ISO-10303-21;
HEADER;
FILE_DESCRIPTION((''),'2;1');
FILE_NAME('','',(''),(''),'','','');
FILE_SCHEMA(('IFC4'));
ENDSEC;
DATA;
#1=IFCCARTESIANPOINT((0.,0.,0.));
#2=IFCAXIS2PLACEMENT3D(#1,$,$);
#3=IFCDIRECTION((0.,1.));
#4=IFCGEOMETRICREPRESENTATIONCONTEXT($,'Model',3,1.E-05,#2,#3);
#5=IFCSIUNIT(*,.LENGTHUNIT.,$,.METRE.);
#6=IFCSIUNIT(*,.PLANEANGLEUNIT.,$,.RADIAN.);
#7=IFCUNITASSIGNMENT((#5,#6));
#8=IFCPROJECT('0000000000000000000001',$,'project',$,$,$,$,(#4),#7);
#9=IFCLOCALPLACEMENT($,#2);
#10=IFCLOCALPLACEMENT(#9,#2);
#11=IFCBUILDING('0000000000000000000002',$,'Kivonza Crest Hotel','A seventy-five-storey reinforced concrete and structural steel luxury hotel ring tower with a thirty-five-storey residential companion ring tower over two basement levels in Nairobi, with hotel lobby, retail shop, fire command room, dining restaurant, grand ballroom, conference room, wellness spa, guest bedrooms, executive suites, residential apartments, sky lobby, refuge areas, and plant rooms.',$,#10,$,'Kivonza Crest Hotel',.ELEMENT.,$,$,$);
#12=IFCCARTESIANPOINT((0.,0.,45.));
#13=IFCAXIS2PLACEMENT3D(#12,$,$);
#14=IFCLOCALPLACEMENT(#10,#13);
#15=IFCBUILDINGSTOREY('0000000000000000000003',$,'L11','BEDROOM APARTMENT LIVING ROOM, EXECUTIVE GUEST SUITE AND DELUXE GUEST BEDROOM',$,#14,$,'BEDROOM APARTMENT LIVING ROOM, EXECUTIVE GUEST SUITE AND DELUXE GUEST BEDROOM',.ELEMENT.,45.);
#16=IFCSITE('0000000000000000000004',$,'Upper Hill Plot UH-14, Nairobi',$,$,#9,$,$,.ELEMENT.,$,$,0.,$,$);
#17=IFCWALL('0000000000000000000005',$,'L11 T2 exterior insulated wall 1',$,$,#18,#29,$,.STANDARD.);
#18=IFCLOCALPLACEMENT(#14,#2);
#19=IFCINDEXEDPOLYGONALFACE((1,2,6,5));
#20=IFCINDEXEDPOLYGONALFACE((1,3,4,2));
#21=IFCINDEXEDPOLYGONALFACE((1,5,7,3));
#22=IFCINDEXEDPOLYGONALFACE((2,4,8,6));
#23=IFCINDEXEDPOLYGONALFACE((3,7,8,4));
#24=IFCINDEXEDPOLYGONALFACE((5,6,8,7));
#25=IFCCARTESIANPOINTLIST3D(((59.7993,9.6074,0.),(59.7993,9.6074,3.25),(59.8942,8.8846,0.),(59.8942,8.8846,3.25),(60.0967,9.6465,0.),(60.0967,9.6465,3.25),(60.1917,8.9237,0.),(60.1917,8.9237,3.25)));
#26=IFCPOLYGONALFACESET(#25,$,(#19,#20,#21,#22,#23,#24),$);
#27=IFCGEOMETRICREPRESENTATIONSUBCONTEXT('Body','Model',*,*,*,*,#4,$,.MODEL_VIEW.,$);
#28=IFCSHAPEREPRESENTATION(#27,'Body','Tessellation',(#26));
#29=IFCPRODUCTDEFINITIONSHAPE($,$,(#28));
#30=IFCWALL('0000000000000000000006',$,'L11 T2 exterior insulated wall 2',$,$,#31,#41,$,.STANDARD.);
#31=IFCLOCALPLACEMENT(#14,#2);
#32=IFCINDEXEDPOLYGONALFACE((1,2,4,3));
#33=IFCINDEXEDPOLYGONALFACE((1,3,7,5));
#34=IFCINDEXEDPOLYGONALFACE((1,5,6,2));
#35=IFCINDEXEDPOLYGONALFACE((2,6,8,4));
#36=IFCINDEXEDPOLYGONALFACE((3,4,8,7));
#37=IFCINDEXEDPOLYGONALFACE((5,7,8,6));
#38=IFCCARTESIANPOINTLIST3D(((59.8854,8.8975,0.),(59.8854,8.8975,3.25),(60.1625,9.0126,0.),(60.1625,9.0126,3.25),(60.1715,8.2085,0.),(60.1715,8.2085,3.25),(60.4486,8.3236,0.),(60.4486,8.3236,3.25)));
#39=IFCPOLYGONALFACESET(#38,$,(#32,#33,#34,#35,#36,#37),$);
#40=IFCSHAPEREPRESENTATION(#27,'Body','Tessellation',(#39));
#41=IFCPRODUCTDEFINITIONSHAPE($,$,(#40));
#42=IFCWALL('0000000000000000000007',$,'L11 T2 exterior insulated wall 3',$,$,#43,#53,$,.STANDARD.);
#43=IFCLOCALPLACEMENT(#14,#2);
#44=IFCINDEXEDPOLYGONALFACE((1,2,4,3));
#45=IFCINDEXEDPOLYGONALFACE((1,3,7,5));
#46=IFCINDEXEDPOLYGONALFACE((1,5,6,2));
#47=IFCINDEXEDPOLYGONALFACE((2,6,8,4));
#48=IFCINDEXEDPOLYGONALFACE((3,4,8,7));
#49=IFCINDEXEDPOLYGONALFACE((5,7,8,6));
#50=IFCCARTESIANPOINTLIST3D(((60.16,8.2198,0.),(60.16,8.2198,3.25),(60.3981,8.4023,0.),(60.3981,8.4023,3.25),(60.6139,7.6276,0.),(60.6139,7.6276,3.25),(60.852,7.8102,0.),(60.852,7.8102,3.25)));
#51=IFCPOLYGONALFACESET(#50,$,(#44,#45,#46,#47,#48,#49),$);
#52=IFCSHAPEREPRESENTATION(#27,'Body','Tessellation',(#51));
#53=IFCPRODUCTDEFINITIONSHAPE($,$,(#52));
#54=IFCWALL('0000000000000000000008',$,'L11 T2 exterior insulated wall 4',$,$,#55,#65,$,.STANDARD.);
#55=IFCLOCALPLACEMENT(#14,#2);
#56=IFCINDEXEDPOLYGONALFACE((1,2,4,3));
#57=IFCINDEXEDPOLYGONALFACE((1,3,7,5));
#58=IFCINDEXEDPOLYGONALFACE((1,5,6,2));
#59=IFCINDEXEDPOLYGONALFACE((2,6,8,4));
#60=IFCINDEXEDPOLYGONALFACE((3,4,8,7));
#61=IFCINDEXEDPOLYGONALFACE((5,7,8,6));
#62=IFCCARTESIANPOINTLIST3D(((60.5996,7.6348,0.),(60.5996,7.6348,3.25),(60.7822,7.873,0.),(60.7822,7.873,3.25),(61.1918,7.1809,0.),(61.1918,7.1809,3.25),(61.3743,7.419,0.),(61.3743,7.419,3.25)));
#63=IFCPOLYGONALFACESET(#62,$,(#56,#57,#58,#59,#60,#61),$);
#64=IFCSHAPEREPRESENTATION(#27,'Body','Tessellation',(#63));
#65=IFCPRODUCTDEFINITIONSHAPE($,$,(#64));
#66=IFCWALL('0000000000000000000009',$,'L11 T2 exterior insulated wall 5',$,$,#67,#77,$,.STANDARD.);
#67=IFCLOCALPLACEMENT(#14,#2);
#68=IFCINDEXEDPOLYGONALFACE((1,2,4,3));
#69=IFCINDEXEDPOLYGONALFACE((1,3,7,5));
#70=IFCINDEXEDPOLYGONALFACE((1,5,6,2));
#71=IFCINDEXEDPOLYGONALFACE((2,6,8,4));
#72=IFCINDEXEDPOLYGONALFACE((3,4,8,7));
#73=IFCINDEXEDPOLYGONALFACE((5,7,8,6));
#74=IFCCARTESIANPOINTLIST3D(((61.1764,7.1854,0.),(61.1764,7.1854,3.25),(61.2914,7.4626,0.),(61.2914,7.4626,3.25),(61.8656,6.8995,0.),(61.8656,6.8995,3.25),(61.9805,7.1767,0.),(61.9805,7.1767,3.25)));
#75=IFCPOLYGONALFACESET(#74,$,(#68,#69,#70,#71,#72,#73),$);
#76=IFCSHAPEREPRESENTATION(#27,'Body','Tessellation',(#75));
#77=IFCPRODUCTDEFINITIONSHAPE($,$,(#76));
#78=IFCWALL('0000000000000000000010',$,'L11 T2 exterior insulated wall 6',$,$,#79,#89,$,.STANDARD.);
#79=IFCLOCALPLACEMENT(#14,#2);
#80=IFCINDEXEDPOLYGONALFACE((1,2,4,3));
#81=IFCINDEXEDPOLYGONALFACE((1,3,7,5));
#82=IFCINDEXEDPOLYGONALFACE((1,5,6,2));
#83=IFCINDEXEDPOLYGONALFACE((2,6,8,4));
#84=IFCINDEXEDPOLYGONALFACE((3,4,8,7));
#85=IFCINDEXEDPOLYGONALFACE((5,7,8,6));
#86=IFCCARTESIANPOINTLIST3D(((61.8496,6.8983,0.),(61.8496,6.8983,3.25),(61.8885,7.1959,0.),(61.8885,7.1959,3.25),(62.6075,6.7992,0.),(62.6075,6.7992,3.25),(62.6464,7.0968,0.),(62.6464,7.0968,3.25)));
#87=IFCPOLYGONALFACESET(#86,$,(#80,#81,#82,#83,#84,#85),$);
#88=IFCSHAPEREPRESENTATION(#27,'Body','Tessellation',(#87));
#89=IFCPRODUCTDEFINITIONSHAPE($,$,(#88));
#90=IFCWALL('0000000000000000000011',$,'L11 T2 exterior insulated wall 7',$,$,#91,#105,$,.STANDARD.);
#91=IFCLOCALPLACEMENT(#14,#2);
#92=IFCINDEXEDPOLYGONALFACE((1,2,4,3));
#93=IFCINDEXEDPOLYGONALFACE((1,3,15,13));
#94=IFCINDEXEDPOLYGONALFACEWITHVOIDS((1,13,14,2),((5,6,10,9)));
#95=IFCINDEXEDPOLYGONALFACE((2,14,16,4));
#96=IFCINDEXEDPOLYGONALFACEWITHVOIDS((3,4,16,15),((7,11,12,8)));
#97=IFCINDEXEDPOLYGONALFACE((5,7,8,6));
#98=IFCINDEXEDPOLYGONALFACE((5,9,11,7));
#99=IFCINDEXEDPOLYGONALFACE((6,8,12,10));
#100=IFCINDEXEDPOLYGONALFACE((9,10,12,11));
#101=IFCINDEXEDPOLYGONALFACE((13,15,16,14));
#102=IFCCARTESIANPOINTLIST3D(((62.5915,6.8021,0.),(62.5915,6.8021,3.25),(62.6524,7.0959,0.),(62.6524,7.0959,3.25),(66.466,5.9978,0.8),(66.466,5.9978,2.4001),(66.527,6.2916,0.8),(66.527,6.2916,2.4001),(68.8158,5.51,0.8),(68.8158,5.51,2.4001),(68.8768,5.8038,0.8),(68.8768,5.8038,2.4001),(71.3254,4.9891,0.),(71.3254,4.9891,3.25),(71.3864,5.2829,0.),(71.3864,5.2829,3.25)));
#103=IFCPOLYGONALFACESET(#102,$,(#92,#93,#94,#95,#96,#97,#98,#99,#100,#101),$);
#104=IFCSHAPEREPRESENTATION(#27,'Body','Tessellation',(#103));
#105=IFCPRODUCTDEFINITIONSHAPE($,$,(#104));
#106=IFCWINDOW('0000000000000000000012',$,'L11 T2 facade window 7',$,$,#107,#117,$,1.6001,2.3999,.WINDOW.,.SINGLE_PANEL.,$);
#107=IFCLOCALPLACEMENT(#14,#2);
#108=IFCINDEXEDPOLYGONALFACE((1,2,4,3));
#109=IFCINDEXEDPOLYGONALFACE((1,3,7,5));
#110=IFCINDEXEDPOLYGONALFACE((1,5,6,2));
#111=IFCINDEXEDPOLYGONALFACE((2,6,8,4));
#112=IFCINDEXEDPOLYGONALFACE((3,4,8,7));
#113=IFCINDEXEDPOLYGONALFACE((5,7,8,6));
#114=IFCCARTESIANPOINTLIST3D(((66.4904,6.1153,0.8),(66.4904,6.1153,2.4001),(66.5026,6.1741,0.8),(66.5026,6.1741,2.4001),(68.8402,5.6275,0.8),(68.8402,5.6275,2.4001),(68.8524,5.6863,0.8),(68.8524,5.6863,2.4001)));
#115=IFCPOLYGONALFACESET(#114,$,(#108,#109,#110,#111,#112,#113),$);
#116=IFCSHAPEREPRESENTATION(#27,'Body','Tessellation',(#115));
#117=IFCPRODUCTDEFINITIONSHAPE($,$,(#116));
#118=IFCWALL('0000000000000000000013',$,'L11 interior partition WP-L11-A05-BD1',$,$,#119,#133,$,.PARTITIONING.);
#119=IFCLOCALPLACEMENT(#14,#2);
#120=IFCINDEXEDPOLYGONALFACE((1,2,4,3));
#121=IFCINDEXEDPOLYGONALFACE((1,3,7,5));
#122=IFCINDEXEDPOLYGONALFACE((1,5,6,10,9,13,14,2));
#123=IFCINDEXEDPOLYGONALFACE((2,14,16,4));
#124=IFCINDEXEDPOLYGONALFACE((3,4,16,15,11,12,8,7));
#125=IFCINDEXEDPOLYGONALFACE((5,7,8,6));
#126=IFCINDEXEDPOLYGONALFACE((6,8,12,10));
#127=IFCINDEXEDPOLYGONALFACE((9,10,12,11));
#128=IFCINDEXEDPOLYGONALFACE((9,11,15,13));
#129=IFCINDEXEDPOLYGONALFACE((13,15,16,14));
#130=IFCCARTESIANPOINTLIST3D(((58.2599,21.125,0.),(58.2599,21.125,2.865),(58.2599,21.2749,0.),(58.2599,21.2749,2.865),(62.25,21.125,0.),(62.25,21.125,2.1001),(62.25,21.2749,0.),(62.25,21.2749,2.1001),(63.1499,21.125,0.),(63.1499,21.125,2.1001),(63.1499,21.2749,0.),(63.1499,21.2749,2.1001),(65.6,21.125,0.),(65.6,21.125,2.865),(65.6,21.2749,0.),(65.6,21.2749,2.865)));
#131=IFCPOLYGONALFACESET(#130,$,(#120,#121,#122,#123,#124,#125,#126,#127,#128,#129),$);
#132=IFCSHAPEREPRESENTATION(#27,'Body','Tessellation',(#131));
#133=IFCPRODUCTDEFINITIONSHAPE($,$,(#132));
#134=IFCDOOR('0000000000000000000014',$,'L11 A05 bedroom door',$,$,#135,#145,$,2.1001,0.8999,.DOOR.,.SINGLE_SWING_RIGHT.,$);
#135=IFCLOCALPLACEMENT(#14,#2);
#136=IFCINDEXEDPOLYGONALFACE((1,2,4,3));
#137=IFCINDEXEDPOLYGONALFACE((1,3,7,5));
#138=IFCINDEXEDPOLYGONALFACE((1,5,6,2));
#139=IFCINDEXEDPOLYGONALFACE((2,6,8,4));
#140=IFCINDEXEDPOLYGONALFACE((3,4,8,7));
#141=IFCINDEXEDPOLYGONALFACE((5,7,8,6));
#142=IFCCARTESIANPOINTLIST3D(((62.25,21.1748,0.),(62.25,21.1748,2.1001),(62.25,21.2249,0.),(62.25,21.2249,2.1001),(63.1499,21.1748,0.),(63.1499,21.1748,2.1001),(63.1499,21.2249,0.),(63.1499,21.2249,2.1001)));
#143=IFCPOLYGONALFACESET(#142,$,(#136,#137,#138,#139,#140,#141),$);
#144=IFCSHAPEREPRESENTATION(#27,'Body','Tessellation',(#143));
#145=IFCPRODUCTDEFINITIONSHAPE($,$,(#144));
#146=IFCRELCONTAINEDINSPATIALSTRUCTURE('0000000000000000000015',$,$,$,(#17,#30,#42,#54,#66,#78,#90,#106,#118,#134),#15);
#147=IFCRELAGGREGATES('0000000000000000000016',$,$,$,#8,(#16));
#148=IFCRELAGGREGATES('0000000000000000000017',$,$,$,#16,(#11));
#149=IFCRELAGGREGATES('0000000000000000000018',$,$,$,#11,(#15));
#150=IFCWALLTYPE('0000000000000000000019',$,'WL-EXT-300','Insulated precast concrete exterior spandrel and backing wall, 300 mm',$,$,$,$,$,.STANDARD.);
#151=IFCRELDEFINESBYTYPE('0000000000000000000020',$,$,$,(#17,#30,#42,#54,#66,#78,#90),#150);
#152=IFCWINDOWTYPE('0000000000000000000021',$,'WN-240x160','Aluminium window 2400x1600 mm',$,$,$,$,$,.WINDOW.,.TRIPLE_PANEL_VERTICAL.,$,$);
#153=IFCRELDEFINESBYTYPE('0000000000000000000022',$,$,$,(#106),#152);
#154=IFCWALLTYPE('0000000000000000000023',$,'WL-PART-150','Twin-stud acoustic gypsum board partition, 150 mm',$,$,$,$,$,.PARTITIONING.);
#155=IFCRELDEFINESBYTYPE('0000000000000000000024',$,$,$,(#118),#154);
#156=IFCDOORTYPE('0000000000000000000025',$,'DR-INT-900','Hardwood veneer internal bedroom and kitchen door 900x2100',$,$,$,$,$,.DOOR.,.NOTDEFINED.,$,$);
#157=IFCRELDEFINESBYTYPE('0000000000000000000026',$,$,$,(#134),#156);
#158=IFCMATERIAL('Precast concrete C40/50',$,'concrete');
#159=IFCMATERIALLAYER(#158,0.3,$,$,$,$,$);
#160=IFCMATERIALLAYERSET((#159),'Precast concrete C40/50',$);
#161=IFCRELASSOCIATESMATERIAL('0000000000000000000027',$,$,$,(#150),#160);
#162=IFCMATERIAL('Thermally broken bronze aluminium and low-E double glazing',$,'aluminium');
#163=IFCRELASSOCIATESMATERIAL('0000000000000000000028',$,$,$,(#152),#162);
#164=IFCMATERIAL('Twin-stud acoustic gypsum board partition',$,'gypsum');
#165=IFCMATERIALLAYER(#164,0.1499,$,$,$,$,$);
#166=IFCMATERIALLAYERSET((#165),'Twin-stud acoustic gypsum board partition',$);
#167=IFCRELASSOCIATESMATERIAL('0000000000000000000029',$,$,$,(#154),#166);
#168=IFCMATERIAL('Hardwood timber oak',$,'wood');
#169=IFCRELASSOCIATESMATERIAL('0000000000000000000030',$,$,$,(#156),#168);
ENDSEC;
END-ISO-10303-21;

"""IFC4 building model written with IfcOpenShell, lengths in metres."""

from ifc_helpers import new_model, si_unit, direction, frame, frame_2d, origin, place, context, subcontext, project, spatial, rectangle, extrude, material, layer, layer_set, type_object, element, fill, save


model = new_model("IFC4")

# Units and contexts
model_context = context("Model", 3, precision=1e-05, world=origin(), true_north=direction((0.0, 1.0)))
body_context = subcontext(model_context, "Body", "Model", "MODEL_VIEW")
ifc_project = project(units=[si_unit("LENGTHUNIT", "METRE"), si_unit("PLANEANGLEUNIT", "RADIAN")], contexts=[model_context])

# Site, building, storey
site_placement = place(None, origin())
site = spatial("IfcSite", under=ifc_project, at=site_placement, Name="Upper Hill Plot UH-14, Nairobi", CompositionType="ELEMENT", RefElevation=0.0)
building_placement = place(site_placement, origin())
building = spatial("IfcBuilding", under=site, at=building_placement, Name="Kivonza Crest Hotel", Description="A seventy-five-storey reinforced concrete and structural steel luxury hotel ring tower with a thirty-five-storey residential companion ring tower over two basement levels in Nairobi, with hotel lobby, retail shop, fire command room, dining restaurant, grand ballroom, conference room, wellness spa, guest bedrooms, executive suites, residential apartments, sky lobby, refuge areas, and plant rooms.", LongName="Kivonza Crest Hotel", CompositionType="ELEMENT")
storey_placement = place(building_placement, frame((0.0, 0.0, 45.0)))
storey = spatial("IfcBuildingStorey", under=building, at=storey_placement, Name="L11", Description="BEDROOM APARTMENT LIVING ROOM, EXECUTIVE GUEST SUITE AND DELUXE GUEST BEDROOM", LongName="BEDROOM APARTMENT LIVING ROOM, EXECUTIVE GUEST SUITE AND DELUXE GUEST BEDROOM", CompositionType="ELEMENT", Elevation=45.0)

# Walls
ifc_material_1 = material(Name="Precast concrete C40/50", Category="concrete")
ifc_layer_1 = layer(ifc_material_1, 0.3)
ifc_layer_set_1 = layer_set([ifc_layer_1], Name="Precast concrete C40/50")
wall_type_1 = type_object("IfcWallType", Name="WL-EXT-300", Description="Insulated precast concrete exterior spandrel and backing wall, 300 mm", PredefinedType="STANDARD", material=ifc_layer_set_1)
wall_1_placement = place(storey_placement, frame((59.948, 9.627, 0.0), z_axis=(0.0, 0.0, 1.0), x_axis=(0.130255, -0.99148, 0.0)))
element("IfcWall", 1, at=wall_1_placement, inside=storey, type_object=wall_type_1, Name="L11 T2 exterior insulated wall 1", PredefinedType="STANDARD", context=body_context, shape_type="SweptSolid", body=[
    extrude(rectangle(XDim=0.729, YDim=0.3, at=frame_2d((0.3645, 0.0))), origin(), (0.0, 0.0, 1.0), 3.25),
])
for number, where, z_axis, x_axis, name in (
    (2, (60.0239, 8.9551, 0.0), (0.0, 0.0, 1.0), (0.383546, -0.923522, 0.0), "L11 T2 exterior insulated wall 2"),
    (3, (60.2791, 8.311, 0.0), (0.0, 0.0, 1.0), (0.608397, -0.793633, 0.0), "L11 T2 exterior insulated wall 3"),
    (4, (60.6909, 7.7539, 0.0), (0.0, 0.0, 1.0), (0.793633, -0.608397, 0.0), "L11 T2 exterior insulated wall 4"),
    (5, (61.2339, 7.324, 0.0), (0.0, 0.0, 1.0), (0.923686, -0.383151, 0.0), "L11 T2 exterior insulated wall 5"),
):
    element("IfcWall", number, at=place(storey_placement, frame(where, z_axis=z_axis, x_axis=x_axis)), inside=storey, type_object=wall_type_1, Name=name, PredefinedType="STANDARD", context=body_context, shape_type="SweptSolid", body=[
        extrude(rectangle(XDim=0.7461, YDim=0.3, at=frame_2d((0.373, 0.0))), origin(), (0.0, 0.0, 1.0), 3.25),
    ])
wall_2_placement = place(storey_placement, frame((61.8689, 7.0471, 0.0), z_axis=(0.0, 0.0, 1.0), x_axis=(0.991559, -0.129653, 0.0)))
element("IfcWall", 6, at=wall_2_placement, inside=storey, type_object=wall_type_1, Name="L11 T2 exterior insulated wall 6", PredefinedType="STANDARD", context=body_context, shape_type="SweptSolid", body=[
    extrude(rectangle(XDim=0.7644, YDim=0.3, at=frame_2d((0.3823, 0.0))), origin(), (0.0, 0.0, 1.0), 3.25),
])

# Wall, opening, window
wall_3_placement = place(storey_placement, frame((62.6221, 6.949, 0.0), z_axis=(0.0, 0.0, 1.0), x_axis=(0.979127, -0.203248, 0.0)))
wall_3 = element("IfcWall", 7, at=wall_3_placement, inside=storey, type_object=wall_type_1, Name="L11 T2 exterior insulated wall 7", PredefinedType="STANDARD", context=body_context, shape_type="SweptSolid", body=[
    extrude(rectangle(XDim=8.9202, YDim=0.3, at=frame_2d((4.46, 0.0))), origin(), (0.0, 0.0, 1.0), 3.25),
])
opening_1_placement = place(wall_3_placement, frame((3.957, 0.0, 0.8)))
opening_1 = element("IfcOpeningElement", 8, at=opening_1_placement, cuts=wall_3, PredefinedType="OPENING", context=body_context, shape_type="SweptSolid", body=[
    extrude(rectangle(XDim=2.3999, YDim=1.6001, at=frame_2d((1.2, 0.8))), frame((0.0, 0.1602, 0.0), z_axis=(0.0, -1.0, 0.0), x_axis=(1.0, 0.0, 0.0)), (0.0, 0.0, 1.0), 0.3201),
])
ifc_material_2 = material(Name="Thermally broken bronze aluminium and low-E double glazing", Category="aluminium")
window_type = type_object("IfcWindowType", Name="WN-240x160", Description="Aluminium window 2400x1600 mm", PartitioningType="TRIPLE_PANEL_VERTICAL", PredefinedType="WINDOW", material=ifc_material_2)
window_placement = place(opening_1_placement, origin())
window = element("IfcWindow", 9, at=window_placement, inside=storey, type_object=window_type, Name="L11 T2 facade window 7", OverallHeight=1.6001, OverallWidth=2.3999, PartitioningType="SINGLE_PANEL", PredefinedType="WINDOW", context=body_context, shape_type="SweptSolid", body=[
    extrude(rectangle(XDim=2.3999, YDim=1.6001, at=frame_2d((1.2, 0.8))), frame((0.0, 0.03, 0.0), z_axis=(0.0, -1.0, 0.0), x_axis=(1.0, 0.0, 0.0)), (0.0, 0.0, 1.0), 0.0601),
])
fill(opening_1, window)

# Wall, opening, door
ifc_material_3 = material(Name="Twin-stud acoustic gypsum board partition", Category="gypsum")
ifc_layer_2 = layer(ifc_material_3, 0.1499)
ifc_layer_set_2 = layer_set([ifc_layer_2], Name="Twin-stud acoustic gypsum board partition")
wall_type_2 = type_object("IfcWallType", Name="WL-PART-150", Description="Twin-stud acoustic gypsum board partition, 150 mm", PredefinedType="PARTITIONING", material=ifc_layer_set_2)
wall_4_placement = place(storey_placement, frame((58.26, 21.2, 0.0), z_axis=(0.0, 0.0, 1.0), x_axis=(1.0, 0.0, 0.0)))
wall_4 = element("IfcWall", 10, at=wall_4_placement, inside=storey, type_object=wall_type_2, Name="L11 interior partition WP-L11-A05-BD1", PredefinedType="PARTITIONING", context=body_context, shape_type="SweptSolid", body=[
    extrude(rectangle(XDim=7.3401, YDim=0.1499, at=frame_2d((3.6699, 0.0))), origin(), (0.0, 0.0, 1.0), 2.865),
])
opening_2_placement = place(wall_4_placement, frame((3.99, 0.0, 0.0)))
opening_2 = element("IfcOpeningElement", 11, at=opening_2_placement, cuts=wall_4, PredefinedType="OPENING", context=body_context, shape_type="SweptSolid", body=[
    extrude(rectangle(XDim=0.8999, YDim=2.1001, at=frame_2d((0.45, 1.05))), frame((0.0, 0.085, 0.0), z_axis=(0.0, -1.0, 0.0), x_axis=(1.0, 0.0, 0.0)), (0.0, 0.0, 1.0), 0.1699),
])
ifc_material_4 = material(Name="Hardwood timber oak", Category="wood")
door_type = type_object("IfcDoorType", Name="DR-INT-900", Description="Hardwood veneer internal bedroom and kitchen door 900x2100", OperationType="NOTDEFINED", PredefinedType="DOOR", material=ifc_material_4)
door_placement = place(opening_2_placement, origin())
door = element("IfcDoor", 12, at=door_placement, inside=storey, type_object=door_type, Name="L11 A05 bedroom door", OperationType="SINGLE_SWING_RIGHT", OverallHeight=2.1001, OverallWidth=0.8999, PredefinedType="DOOR", context=body_context, shape_type="SweptSolid", body=[
    extrude(rectangle(XDim=0.8999, YDim=2.1001, at=frame_2d((0.45, 1.05))), frame((0.0, 0.0249, 0.0), z_axis=(0.0, -1.0, 0.0), x_axis=(1.0, 0.0, 0.0)), (0.0, 0.0, 1.0), 0.05),
])
fill(opening_2, door)

save(model, "model.ifc")
